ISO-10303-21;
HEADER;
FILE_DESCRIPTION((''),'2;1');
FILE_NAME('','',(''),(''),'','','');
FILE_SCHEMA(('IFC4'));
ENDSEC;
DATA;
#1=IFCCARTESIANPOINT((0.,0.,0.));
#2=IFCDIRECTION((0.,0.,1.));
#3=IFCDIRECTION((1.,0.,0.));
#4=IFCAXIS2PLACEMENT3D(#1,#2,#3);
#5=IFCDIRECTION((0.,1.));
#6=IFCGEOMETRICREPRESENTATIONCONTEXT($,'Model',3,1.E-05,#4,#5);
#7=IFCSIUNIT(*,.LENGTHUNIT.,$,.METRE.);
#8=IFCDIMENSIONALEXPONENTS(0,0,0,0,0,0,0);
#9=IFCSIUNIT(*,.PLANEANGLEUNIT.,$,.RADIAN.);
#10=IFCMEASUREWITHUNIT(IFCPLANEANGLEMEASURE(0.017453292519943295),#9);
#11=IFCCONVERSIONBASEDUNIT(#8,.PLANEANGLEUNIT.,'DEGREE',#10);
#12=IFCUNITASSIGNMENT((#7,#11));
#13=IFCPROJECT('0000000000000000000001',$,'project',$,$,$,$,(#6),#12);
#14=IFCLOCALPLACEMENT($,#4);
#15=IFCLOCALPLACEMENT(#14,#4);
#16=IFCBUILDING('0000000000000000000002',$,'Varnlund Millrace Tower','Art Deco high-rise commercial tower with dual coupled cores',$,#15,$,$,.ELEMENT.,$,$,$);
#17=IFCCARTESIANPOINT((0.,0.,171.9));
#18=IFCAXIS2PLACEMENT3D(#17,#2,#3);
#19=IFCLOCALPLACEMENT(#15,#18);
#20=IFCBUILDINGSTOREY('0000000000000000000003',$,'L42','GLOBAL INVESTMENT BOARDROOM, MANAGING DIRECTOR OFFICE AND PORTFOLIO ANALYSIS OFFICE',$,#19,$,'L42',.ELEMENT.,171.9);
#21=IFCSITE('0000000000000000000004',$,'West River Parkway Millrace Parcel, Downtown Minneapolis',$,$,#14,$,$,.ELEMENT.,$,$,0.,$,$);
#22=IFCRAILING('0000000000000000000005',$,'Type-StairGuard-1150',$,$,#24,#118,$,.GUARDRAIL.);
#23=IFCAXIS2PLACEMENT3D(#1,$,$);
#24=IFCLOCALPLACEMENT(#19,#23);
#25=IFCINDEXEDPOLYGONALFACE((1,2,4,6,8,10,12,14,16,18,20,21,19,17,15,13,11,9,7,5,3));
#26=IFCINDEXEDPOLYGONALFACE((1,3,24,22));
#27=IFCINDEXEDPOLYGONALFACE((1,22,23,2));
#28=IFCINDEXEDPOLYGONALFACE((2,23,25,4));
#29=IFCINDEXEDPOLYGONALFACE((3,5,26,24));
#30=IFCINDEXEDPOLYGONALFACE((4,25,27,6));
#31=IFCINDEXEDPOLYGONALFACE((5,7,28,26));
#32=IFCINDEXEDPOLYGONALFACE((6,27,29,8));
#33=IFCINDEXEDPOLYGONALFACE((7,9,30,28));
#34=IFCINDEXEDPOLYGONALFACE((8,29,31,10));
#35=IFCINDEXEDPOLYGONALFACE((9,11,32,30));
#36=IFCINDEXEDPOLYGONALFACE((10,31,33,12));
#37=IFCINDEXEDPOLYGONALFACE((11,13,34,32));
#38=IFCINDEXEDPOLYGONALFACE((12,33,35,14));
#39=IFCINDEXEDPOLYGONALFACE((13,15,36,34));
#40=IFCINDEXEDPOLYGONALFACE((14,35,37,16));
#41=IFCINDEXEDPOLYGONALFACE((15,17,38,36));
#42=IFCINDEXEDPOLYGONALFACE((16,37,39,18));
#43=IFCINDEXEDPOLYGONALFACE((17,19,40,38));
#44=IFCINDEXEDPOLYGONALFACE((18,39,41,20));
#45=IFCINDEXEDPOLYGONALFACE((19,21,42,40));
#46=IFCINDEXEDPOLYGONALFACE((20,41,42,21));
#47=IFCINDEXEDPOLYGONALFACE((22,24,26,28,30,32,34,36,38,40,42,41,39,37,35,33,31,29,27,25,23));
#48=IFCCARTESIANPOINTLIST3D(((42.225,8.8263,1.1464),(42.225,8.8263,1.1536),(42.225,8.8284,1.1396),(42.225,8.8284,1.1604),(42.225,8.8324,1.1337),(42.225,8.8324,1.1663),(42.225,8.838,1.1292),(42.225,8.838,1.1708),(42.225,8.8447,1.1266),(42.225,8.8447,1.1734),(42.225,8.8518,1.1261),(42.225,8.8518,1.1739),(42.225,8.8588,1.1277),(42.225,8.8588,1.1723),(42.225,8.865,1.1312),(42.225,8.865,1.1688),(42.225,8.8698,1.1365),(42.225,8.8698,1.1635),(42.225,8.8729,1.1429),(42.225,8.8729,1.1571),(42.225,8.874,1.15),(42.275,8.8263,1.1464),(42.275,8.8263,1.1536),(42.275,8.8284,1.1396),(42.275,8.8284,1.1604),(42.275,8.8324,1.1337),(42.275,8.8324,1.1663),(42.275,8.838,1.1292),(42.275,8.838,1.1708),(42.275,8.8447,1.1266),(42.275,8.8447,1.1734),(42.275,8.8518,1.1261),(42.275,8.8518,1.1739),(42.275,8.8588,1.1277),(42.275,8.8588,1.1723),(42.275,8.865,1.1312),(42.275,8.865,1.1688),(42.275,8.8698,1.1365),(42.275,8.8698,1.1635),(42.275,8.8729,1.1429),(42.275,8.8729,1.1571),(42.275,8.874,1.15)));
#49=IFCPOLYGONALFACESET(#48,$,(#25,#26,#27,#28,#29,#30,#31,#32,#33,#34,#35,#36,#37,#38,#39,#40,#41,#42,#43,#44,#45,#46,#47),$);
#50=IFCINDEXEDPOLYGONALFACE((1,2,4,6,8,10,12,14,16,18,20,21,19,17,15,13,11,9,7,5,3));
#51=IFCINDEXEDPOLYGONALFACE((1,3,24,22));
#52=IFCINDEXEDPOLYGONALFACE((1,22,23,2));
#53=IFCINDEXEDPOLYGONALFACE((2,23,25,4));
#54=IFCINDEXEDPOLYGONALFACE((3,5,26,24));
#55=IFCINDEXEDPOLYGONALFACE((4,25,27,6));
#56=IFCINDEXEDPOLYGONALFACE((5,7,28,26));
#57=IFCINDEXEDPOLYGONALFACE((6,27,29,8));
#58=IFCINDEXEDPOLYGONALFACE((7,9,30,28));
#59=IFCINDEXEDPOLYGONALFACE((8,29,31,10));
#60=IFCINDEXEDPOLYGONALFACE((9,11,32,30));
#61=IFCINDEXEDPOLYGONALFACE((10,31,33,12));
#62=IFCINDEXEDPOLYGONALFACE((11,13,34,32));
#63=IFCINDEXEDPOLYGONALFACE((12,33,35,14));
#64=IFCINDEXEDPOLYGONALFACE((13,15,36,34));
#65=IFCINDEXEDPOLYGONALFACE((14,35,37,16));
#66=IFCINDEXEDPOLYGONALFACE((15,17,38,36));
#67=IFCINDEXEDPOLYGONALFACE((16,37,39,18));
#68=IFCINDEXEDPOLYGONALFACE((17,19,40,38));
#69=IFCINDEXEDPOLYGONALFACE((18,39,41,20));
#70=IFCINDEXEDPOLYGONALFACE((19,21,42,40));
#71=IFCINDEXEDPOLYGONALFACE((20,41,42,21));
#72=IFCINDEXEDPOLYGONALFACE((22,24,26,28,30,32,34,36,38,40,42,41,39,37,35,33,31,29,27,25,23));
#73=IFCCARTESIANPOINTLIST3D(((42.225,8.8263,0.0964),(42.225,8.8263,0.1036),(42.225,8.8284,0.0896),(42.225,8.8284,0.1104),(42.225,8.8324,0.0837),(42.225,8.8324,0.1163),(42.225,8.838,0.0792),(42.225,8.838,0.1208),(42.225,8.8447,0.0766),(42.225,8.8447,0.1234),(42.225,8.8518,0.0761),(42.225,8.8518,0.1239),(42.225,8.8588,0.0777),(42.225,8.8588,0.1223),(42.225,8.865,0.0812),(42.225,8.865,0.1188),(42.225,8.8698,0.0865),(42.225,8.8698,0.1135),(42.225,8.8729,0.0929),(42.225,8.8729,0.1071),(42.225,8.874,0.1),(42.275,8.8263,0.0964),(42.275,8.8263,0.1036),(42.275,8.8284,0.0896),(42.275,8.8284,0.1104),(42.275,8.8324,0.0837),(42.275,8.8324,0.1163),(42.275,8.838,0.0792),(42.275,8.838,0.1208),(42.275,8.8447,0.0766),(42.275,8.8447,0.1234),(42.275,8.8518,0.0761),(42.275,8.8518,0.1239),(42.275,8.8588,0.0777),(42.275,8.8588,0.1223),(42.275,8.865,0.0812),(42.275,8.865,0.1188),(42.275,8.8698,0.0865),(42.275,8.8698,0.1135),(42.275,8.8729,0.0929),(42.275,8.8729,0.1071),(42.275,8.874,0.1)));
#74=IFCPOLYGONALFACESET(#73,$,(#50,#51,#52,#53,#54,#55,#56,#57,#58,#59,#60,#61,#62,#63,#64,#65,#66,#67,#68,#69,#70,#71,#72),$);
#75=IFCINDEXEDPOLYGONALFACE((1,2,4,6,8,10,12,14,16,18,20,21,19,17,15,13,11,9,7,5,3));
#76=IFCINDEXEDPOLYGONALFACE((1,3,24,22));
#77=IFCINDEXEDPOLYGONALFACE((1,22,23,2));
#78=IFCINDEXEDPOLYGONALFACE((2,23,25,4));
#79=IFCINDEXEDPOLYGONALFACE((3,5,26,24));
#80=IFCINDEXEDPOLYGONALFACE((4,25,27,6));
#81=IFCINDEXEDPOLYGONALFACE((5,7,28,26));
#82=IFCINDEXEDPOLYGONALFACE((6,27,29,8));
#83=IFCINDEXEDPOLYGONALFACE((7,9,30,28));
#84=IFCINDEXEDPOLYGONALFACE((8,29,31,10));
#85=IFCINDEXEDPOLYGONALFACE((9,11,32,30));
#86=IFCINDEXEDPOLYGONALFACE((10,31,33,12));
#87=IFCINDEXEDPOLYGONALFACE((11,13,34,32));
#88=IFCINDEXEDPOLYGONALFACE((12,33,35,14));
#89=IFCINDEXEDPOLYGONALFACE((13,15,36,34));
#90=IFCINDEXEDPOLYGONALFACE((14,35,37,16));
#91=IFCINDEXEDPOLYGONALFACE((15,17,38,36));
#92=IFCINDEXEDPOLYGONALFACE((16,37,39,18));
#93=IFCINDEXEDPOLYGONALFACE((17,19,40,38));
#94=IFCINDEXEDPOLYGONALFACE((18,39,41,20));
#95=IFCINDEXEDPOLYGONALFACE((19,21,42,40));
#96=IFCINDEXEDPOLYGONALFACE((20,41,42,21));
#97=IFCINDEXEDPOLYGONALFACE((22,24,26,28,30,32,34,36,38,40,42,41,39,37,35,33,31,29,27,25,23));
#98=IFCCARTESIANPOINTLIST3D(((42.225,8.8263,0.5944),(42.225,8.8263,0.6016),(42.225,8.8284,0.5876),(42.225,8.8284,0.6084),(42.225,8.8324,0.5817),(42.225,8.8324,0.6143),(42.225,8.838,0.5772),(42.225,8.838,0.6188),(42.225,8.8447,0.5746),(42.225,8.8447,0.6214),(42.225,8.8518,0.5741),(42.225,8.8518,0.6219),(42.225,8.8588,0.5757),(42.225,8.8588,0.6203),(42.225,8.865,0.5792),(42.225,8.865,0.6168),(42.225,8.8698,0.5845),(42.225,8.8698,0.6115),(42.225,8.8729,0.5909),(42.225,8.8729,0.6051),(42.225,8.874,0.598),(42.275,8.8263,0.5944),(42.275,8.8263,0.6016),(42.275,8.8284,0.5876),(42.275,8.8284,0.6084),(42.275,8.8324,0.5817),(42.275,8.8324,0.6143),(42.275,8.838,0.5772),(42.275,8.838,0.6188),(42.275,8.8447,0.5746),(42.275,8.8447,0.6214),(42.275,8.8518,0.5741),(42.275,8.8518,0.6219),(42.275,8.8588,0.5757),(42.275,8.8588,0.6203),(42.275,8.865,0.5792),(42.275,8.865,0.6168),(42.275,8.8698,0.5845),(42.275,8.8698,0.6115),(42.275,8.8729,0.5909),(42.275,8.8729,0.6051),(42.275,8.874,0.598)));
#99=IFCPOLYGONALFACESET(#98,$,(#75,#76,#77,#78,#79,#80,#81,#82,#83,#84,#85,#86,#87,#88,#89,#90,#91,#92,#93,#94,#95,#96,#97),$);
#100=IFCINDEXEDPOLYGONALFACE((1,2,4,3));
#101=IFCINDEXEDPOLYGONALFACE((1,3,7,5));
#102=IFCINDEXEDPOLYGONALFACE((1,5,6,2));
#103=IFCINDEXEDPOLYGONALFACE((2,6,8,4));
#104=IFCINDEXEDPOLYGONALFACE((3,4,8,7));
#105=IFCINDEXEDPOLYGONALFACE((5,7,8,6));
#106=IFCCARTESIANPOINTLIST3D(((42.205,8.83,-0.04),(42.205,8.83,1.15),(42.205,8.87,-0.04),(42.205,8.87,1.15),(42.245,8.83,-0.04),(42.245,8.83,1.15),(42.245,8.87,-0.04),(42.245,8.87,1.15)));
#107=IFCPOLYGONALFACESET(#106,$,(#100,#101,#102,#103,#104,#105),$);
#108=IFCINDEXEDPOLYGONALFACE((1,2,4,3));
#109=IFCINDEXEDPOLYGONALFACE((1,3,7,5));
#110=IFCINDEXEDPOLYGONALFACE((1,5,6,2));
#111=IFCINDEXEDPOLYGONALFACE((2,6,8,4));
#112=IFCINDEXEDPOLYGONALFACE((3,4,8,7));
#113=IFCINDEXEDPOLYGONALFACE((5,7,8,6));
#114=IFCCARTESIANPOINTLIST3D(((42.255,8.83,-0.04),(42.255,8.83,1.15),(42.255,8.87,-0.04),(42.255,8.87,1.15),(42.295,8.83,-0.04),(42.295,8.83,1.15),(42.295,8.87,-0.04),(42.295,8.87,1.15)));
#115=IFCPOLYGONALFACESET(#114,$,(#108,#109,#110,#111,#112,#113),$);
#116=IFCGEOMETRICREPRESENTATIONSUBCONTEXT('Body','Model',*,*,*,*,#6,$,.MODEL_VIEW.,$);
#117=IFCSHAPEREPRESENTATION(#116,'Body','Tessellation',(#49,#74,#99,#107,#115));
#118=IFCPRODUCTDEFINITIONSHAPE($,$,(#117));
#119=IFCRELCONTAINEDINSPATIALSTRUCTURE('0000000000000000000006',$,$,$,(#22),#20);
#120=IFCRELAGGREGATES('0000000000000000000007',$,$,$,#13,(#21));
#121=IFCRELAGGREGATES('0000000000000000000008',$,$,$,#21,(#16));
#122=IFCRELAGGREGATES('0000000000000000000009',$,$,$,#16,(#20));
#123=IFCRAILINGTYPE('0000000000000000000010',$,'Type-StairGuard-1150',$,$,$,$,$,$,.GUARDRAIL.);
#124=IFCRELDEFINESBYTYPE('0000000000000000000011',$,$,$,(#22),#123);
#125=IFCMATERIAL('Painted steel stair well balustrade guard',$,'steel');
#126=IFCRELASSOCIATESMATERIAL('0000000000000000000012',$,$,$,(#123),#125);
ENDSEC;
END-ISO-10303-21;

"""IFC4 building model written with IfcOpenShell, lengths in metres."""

from ifc_helpers import new_model, entity, si_unit, converted_unit, direction, frame, origin_with_axes, origin_2d_with_axis, place, context, subcontext, project, spatial, rectangle, circle, extrude, material, type_object, element, save


model = new_model("IFC4")

# Units and contexts
model_context = context("Model", 3, precision=1e-05, world=origin_with_axes(), true_north=direction((0.0, 1.0)))
body_context = subcontext(model_context, "Body", "Model", "MODEL_VIEW")
ifc_project = project(units=[si_unit("LENGTHUNIT", "METRE"), converted_unit("PLANEANGLEUNIT", "DEGREE", entity("IfcPlaneAngleMeasure", 0.017453292519943295), si_unit("PLANEANGLEUNIT", "RADIAN"), dimensions=[0, 0, 0, 0, 0, 0, 0])], contexts=[model_context])

# Site, building, storey
site_placement = place(None, origin_with_axes())
site = spatial("IfcSite", under=ifc_project, at=site_placement, Name="West River Parkway Millrace Parcel, Downtown Minneapolis", CompositionType="ELEMENT", RefElevation=0.0)
building_placement = place(site_placement, origin_with_axes())
building = spatial("IfcBuilding", under=site, at=building_placement, Name="Varnlund Millrace Tower", Description="Art Deco high-rise commercial tower with dual coupled cores", CompositionType="ELEMENT")
storey_placement = place(building_placement, frame((0.0, 0.0, 171.9), z_axis=(0.0, 0.0, 1.0), x_axis=(1.0, 0.0, 0.0)))
storey = spatial("IfcBuildingStorey", under=building, at=storey_placement, Name="L42", Description="GLOBAL INVESTMENT BOARDROOM, MANAGING DIRECTOR OFFICE AND PORTFOLIO ANALYSIS OFFICE", LongName="L42", CompositionType="ELEMENT", Elevation=171.9)

# Railing
ifc_material_1 = material(Name="Painted steel stair well balustrade guard", Category="steel")
railing_type_1 = type_object("IfcRailingType", Name="Type-StairGuard-1150", PredefinedType="GUARDRAIL", material=ifc_material_1)
railing_1_placement = place(storey_placement, frame((0.0, 0.0, -171.9), z_axis=(0.0, 0.0, 1.0), x_axis=(1.0, 0.0, 0.0)))
element("IfcRailing", 1, at=railing_1_placement, inside=storey, type_object=railing_type_1, Name="Type-StairGuard-1150", PredefinedType="GUARDRAIL", context=body_context, shape_type="SweptSolid", body=[
    extrude(circle(Radius=0.024, at=origin_2d_with_axis()), frame((42.225, 8.85, 173.05), z_axis=(1.0, 0.0, 0.0), x_axis=(0.0, 1.0, 0.0)), (0.0, 0.0, 1.0), 0.05),
    extrude(circle(Radius=0.024, at=origin_2d_with_axis()), frame((42.225, 8.85, 172.0), z_axis=(1.0, 0.0, 0.0), x_axis=(0.0, 1.0, 0.0)), (0.0, 0.0, 1.0), 0.05),
    extrude(circle(Radius=0.024, at=origin_2d_with_axis()), frame((42.225, 8.85, 172.498), z_axis=(1.0, 0.0, 0.0), x_axis=(0.0, 1.0, 0.0)), (0.0, 0.0, 1.0), 0.05),
    extrude(rectangle(XDim=0.04, YDim=0.04, at=origin_2d_with_axis()), frame((42.225, 8.85, 171.86), z_axis=(0.0, 0.0, 1.0), x_axis=(1.0, 0.0, 0.0)), (0.0, 0.0, 1.0), 1.19),
    extrude(rectangle(XDim=0.04, YDim=0.04, at=origin_2d_with_axis()), frame((42.275, 8.85, 171.86), z_axis=(0.0, 0.0, 1.0), x_axis=(1.0, 0.0, 0.0)), (0.0, 0.0, 1.0), 1.19),
])

save(model, "model.ifc")
